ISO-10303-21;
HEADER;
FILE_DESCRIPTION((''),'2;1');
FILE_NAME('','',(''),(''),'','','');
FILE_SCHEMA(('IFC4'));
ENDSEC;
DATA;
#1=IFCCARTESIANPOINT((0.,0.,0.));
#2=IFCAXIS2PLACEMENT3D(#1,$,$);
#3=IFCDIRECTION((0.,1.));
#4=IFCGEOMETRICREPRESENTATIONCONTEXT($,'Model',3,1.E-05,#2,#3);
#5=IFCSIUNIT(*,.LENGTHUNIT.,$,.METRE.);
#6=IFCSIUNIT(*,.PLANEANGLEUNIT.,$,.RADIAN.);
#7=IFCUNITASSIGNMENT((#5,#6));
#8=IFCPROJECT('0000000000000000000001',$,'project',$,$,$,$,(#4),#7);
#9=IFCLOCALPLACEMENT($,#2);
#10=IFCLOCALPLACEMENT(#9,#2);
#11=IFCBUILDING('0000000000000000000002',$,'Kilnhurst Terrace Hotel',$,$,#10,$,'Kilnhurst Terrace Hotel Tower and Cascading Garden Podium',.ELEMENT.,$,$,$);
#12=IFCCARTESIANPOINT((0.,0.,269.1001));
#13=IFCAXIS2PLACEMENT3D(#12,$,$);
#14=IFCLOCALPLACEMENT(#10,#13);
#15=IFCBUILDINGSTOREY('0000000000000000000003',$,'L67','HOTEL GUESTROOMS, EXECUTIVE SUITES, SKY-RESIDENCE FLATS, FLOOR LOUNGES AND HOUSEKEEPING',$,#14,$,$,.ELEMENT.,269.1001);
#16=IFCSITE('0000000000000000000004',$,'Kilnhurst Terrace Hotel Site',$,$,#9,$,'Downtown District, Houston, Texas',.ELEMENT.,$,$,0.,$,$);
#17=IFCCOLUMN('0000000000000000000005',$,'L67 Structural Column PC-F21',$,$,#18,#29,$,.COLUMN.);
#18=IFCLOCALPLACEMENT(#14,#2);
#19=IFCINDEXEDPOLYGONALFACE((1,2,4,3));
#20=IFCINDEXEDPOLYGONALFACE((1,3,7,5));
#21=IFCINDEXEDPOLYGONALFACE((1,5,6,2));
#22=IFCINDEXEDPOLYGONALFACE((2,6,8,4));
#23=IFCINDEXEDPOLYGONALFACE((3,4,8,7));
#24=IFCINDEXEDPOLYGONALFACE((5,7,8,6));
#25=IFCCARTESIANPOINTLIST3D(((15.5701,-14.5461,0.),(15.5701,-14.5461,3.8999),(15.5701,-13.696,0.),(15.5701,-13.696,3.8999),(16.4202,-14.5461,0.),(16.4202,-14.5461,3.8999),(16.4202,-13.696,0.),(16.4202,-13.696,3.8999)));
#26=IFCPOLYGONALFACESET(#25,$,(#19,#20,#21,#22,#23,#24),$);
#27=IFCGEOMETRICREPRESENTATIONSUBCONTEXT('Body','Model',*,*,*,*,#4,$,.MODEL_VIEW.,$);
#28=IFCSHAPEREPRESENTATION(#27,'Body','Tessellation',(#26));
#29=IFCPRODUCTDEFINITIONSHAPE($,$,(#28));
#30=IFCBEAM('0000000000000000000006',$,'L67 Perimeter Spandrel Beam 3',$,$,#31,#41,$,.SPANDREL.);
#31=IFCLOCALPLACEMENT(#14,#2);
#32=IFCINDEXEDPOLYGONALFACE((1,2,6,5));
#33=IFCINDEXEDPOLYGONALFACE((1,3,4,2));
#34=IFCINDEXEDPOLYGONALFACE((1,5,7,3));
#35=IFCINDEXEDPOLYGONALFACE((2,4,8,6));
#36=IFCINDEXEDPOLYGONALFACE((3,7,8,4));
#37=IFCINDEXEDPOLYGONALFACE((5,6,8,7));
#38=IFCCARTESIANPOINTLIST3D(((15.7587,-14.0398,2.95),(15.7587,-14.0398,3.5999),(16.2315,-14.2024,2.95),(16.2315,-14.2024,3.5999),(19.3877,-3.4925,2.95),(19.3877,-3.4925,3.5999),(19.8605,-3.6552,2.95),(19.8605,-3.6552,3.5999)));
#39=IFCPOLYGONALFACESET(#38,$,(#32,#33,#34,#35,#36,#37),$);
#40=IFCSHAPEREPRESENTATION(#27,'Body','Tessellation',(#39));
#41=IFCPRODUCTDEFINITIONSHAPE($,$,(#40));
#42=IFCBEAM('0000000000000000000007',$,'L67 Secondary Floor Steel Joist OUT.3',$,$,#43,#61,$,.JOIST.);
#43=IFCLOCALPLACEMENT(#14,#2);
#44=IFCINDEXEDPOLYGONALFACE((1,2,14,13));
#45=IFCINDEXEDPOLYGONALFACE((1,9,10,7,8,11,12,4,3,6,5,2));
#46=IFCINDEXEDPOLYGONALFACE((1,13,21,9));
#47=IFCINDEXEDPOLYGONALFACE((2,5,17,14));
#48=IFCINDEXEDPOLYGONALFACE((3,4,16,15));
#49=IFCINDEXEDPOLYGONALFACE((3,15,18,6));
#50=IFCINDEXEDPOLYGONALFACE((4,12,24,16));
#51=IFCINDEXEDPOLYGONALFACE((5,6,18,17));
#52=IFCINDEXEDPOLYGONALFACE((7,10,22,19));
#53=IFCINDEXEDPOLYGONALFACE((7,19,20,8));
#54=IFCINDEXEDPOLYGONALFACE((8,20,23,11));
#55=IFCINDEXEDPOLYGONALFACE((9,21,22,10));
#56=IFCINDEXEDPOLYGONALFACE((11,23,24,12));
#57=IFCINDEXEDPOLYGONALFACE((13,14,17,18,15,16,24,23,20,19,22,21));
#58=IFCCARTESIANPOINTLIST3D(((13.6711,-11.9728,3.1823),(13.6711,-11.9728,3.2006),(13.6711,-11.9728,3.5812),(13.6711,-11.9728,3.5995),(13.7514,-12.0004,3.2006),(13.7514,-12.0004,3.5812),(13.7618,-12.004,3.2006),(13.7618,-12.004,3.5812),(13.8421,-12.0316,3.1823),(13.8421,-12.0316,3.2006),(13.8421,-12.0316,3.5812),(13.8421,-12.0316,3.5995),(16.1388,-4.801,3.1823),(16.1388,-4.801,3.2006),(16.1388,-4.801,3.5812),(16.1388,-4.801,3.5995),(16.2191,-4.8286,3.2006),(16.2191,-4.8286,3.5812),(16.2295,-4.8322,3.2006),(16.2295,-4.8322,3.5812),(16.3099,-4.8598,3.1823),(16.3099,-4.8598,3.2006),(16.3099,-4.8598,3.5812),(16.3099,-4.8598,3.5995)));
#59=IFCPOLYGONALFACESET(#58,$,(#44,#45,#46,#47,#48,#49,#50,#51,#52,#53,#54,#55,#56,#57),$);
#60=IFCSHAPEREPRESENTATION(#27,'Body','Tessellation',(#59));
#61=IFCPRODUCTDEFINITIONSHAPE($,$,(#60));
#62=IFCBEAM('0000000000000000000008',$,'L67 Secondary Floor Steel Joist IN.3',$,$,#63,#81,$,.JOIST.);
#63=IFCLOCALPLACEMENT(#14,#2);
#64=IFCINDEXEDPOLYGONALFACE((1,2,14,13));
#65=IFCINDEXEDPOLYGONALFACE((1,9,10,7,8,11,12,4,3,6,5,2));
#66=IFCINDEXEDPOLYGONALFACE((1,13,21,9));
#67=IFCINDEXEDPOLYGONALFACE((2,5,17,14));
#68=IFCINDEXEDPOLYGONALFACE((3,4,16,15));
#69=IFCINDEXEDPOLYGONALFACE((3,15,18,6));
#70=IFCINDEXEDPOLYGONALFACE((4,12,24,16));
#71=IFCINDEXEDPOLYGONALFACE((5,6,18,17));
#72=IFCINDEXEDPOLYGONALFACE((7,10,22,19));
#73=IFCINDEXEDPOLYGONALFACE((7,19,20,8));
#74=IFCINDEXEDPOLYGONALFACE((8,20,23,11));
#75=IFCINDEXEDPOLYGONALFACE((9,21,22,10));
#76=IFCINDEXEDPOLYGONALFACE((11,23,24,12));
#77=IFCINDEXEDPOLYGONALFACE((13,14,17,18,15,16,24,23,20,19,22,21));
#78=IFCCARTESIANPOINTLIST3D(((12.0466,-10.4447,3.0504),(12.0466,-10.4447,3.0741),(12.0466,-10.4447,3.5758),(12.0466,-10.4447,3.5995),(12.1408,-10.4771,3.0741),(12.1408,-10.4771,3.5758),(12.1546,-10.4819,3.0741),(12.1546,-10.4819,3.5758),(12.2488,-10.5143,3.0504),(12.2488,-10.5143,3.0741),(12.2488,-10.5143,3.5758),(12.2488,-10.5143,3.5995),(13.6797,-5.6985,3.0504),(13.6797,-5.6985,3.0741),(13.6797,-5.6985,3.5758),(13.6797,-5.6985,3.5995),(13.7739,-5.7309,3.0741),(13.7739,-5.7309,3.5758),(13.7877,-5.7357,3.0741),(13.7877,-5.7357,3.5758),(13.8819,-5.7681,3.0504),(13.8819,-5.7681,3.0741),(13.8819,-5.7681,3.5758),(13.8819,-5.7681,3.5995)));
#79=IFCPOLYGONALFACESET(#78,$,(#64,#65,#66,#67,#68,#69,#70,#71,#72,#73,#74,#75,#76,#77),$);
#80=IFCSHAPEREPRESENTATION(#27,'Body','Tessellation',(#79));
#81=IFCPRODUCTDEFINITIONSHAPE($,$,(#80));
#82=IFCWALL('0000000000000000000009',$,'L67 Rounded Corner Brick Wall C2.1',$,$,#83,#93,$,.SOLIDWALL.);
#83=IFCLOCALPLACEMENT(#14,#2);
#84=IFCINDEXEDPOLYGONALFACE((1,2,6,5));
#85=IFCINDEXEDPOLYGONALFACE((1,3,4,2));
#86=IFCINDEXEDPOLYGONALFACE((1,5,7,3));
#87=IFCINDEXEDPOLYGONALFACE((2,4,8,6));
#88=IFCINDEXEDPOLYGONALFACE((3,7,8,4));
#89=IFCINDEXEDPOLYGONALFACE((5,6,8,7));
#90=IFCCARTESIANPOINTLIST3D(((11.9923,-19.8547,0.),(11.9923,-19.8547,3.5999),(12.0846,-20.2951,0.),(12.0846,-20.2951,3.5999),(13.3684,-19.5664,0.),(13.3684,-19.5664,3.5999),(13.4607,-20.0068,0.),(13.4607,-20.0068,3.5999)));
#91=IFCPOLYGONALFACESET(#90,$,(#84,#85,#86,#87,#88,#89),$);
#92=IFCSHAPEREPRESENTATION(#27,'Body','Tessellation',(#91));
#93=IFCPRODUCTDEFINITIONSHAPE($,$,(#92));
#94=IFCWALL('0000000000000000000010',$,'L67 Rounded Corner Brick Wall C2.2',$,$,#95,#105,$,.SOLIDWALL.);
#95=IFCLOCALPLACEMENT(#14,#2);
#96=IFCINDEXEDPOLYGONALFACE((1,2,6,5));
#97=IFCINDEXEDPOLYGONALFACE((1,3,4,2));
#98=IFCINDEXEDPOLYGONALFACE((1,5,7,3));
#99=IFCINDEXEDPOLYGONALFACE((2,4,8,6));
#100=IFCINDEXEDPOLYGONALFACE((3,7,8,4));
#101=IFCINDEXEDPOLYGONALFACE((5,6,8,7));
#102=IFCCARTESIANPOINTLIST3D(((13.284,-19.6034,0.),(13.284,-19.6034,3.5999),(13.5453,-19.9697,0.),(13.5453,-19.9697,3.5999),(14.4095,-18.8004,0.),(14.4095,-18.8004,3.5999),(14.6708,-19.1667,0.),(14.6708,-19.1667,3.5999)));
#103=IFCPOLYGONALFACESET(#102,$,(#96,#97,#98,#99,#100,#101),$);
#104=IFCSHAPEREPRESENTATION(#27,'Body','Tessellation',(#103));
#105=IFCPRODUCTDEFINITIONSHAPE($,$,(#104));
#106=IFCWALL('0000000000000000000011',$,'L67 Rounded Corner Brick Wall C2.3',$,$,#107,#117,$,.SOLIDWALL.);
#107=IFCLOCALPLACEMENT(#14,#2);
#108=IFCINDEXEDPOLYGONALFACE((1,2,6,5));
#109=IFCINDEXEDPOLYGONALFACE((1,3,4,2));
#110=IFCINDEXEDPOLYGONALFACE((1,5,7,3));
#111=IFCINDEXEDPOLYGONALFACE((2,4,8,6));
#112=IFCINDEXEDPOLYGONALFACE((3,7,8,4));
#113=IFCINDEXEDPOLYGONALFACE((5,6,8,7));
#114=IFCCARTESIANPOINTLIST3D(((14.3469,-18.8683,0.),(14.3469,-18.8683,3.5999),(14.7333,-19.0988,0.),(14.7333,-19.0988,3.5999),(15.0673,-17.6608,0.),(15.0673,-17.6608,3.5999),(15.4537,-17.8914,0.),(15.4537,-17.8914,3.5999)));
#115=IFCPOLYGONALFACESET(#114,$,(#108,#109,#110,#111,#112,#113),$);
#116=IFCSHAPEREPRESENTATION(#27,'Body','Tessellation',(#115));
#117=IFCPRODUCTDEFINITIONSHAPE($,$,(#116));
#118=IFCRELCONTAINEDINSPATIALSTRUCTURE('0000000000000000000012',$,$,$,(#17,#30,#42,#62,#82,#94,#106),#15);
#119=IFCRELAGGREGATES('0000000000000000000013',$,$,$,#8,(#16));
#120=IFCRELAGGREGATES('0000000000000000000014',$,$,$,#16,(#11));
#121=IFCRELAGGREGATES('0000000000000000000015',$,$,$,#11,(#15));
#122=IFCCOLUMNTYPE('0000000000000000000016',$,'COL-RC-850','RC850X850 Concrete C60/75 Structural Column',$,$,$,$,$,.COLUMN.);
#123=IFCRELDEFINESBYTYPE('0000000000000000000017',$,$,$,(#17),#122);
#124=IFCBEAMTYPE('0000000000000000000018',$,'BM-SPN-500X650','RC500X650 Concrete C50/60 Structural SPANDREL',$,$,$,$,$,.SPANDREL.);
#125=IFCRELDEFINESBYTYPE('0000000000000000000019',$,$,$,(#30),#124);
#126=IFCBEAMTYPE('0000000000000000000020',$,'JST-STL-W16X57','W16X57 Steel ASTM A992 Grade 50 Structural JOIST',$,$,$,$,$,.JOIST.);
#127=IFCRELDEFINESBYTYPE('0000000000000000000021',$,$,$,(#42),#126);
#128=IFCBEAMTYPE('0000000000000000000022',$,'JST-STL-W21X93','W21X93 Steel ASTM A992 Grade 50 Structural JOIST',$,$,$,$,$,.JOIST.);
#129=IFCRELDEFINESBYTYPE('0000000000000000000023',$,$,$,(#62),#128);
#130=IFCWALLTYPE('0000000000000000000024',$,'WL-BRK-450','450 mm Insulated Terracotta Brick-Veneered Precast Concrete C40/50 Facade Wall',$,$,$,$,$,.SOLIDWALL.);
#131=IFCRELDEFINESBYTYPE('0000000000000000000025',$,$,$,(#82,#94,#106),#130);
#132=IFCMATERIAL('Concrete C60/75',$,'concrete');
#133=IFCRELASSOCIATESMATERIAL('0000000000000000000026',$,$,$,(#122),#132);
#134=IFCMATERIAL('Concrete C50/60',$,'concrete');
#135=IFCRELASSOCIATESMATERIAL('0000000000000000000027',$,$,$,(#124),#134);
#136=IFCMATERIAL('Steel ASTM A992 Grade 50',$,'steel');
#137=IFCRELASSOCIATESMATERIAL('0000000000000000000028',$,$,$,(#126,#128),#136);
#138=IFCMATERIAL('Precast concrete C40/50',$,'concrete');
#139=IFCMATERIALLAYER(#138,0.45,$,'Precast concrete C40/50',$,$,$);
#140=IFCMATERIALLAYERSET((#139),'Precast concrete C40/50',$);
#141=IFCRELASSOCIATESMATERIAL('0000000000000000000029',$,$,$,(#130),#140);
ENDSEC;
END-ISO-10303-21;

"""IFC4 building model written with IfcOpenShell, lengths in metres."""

from ifc_helpers import new_model, si_unit, direction, frame, frame_2d, origin, origin_2d, place, context, subcontext, project, spatial, rectangle, i_section, extrude, material, layer, layer_set, material_profile, profile_set, type_object, element, save


model = new_model("IFC4")

# Units and contexts
model_context = context("Model", 3, precision=1e-05, world=origin(), true_north=direction((0.0, 1.0)))
body_context = subcontext(model_context, "Body", "Model", "MODEL_VIEW")
ifc_project = project(units=[si_unit("LENGTHUNIT", "METRE"), si_unit("PLANEANGLEUNIT", "RADIAN")], contexts=[model_context])

# Site, building, storey
site_placement = place(None, origin())
site = spatial("IfcSite", under=ifc_project, at=site_placement, Name="Kilnhurst Terrace Hotel Site", LongName="Downtown District, Houston, Texas", CompositionType="ELEMENT", RefElevation=0.0)
building_placement = place(site_placement, origin())
building = spatial("IfcBuilding", under=site, at=building_placement, Name="Kilnhurst Terrace Hotel", LongName="Kilnhurst Terrace Hotel Tower and Cascading Garden Podium", CompositionType="ELEMENT")
storey_placement = place(building_placement, frame((0.0, 0.0, 269.1001)))
storey = spatial("IfcBuildingStorey", under=building, at=storey_placement, Name="L67", Description="HOTEL GUESTROOMS, EXECUTIVE SUITES, SKY-RESIDENCE FLATS, FLOOR LOUNGES AND HOUSEKEEPING", CompositionType="ELEMENT", Elevation=269.1001)

# Column
ifc_material_1 = material(Name="Concrete C60/75", Category="concrete")
ifc_material_profile_1 = material_profile(ifc_material_1, rectangle(XDim=0.8501, YDim=0.8501, at=origin_2d()), Name="RC850X850")
ifc_profile_set_1 = profile_set([ifc_material_profile_1], Name="Concrete C60/75")
column_type = type_object("IfcColumnType", Name="COL-RC-850", Description="RC850X850 Concrete C60/75 Structural Column", PredefinedType="COLUMN", material=ifc_profile_set_1)
column_placement = place(storey_placement, frame((15.9951, -14.1211, 0.0), z_axis=(0.0, 0.0, 1.0), x_axis=(1.0, 0.0, 0.0)))
element("IfcColumn", 1, at=column_placement, inside=storey, type_object=column_type, Name="L67 Structural Column PC-F21", PredefinedType="COLUMN", context=body_context, shape_type="SweptSolid", body=[
    extrude(rectangle(XDim=0.8501, YDim=0.8501, at=origin_2d()), origin(), (0.0, 0.0, 1.0), 3.8999),
])

# Beams
ifc_material_2 = material(Name="Concrete C50/60", Category="concrete")
ifc_material_profile_2 = material_profile(ifc_material_2, rectangle(XDim=0.5, YDim=0.6499, at=origin_2d()), Name="RC500X650")
ifc_profile_set_2 = profile_set([ifc_material_profile_2], Name="Concrete C50/60")
beam_type_1 = type_object("IfcBeamType", Name="BM-SPN-500X650", Description="RC500X650 Concrete C50/60 Structural SPANDREL", PredefinedType="SPANDREL", material=ifc_profile_set_2)
beam_1_placement = place(storey_placement, frame((15.9951, -14.1211, 3.2749), z_axis=(0.325347, 0.945595, 0.0), x_axis=(-0.945595, 0.325347, 0.0)))
element("IfcBeam", 2, at=beam_1_placement, inside=storey, type_object=beam_type_1, Name="L67 Perimeter Spandrel Beam 3", PredefinedType="SPANDREL", context=body_context, shape_type="SweptSolid", body=[
    extrude(rectangle(XDim=0.5, YDim=0.6499, at=origin_2d()), origin(), (0.0, 0.0, 1.0), 11.1541),
])
ifc_material_3 = material(Name="Steel ASTM A992 Grade 50", Category="steel")
ifc_material_profile_3 = material_profile(ifc_material_3, i_section(OverallWidth=0.1809, OverallDepth=0.4172, WebThickness=0.011, FlangeThickness=0.0183, at=origin_2d()), Name="W16X57")
ifc_profile_set_3 = profile_set([ifc_material_profile_3], Name="Steel ASTM A992 Grade 50")
beam_type_2 = type_object("IfcBeamType", Name="JST-STL-W16X57", Description="W16X57 Steel ASTM A992 Grade 50 Structural JOIST", PredefinedType="JOIST", material=ifc_profile_set_3)
beam_2_placement = place(storey_placement, frame((13.7566, -12.0022, 3.3909), z_axis=(0.325368, 0.945588, 0.0), x_axis=(-0.945588, 0.325368, 0.0)))
element("IfcBeam", 3, at=beam_2_placement, inside=storey, type_object=beam_type_2, Name="L67 Secondary Floor Steel Joist OUT.3", PredefinedType="JOIST", context=body_context, shape_type="SweptSolid", body=[
    extrude(i_section(OverallWidth=0.1809, OverallDepth=0.4172, WebThickness=0.011, FlangeThickness=0.0183, at=origin_2d()), origin(), (0.0, 0.0, 1.0), 7.5845),
])
ifc_material_profile_4 = material_profile(ifc_material_3, i_section(OverallWidth=0.2139, OverallDepth=0.5491, WebThickness=0.0146, FlangeThickness=0.0237, at=origin_2d()), Name="W21X93")
ifc_profile_set_4 = profile_set([ifc_material_profile_4], Name="Steel ASTM A992 Grade 50")
beam_type_3 = type_object("IfcBeamType", Name="JST-STL-W21X93", Description="W21X93 Steel ASTM A992 Grade 50 Structural JOIST", PredefinedType="JOIST", material=ifc_profile_set_4)
beam_3_placement = place(storey_placement, frame((12.1477, -10.4795, 3.325), z_axis=(0.325363, 0.945589, 0.0), x_axis=(-0.945589, 0.325363, 0.0)))
element("IfcBeam", 4, at=beam_3_placement, inside=storey, type_object=beam_type_3, Name="L67 Secondary Floor Steel Joist IN.3", PredefinedType="JOIST", context=body_context, shape_type="SweptSolid", body=[
    extrude(i_section(OverallWidth=0.2139, OverallDepth=0.5491, WebThickness=0.0146, FlangeThickness=0.0237, at=origin_2d()), origin(), (0.0, 0.0, 1.0), 5.0193),
])

# Walls
ifc_material_4 = material(Name="Precast concrete C40/50", Category="concrete")
ifc_layer_1 = layer(ifc_material_4, 0.45, Name="Precast concrete C40/50")
ifc_layer_set_1 = layer_set([ifc_layer_1], Name="Precast concrete C40/50")
wall_type_1 = type_object("IfcWallType", Name="WL-BRK-450", Description="450 mm Insulated Terracotta Brick-Veneered Precast Concrete C40/50 Facade Wall", PredefinedType="SOLIDWALL", material=ifc_layer_set_1)
wall_1_placement = place(storey_placement, frame((12.0383, -20.075, 0.0), z_axis=(0.0, 0.0, 1.0), x_axis=(0.97875, 0.205057, 0.0)))
element("IfcWall", 5, at=wall_1_placement, inside=storey, type_object=wall_type_1, Name="L67 Rounded Corner Brick Wall C2.1", PredefinedType="SOLIDWALL", context=body_context, shape_type="SweptSolid", body=[
    extrude(rectangle(XDim=1.406, YDim=0.45, at=frame_2d((0.7031, 0.0))), origin(), (0.0, 0.0, 1.0), 3.5999),
])
wall_2_placement = place(storey_placement, frame((13.4146, -19.7866, 0.0), z_axis=(0.0, 0.0, 1.0), x_axis=(0.814055, 0.580787, 0.0)))
element("IfcWall", 6, at=wall_2_placement, inside=storey, type_object=wall_type_1, Name="L67 Rounded Corner Brick Wall C2.2", PredefinedType="SOLIDWALL", context=body_context, shape_type="SweptSolid", body=[
    extrude(rectangle(XDim=1.3826, YDim=0.45, at=frame_2d((0.6914, 0.0))), origin(), (0.0, 0.0, 1.0), 3.5999),
])
wall_3_placement = place(storey_placement, frame((14.54, -18.9836, 0.0), z_axis=(0.0, 0.0, 1.0), x_axis=(0.512375, 0.858762, 0.0)))
element("IfcWall", 7, at=wall_3_placement, inside=storey, type_object=wall_type_1, Name="L67 Rounded Corner Brick Wall C2.3", PredefinedType="SOLIDWALL", context=body_context, shape_type="SweptSolid", body=[
    extrude(rectangle(XDim=1.406, YDim=0.45, at=frame_2d((0.7031, 0.0))), origin(), (0.0, 0.0, 1.0), 3.5999),
])

save(model, "model.ifc")
